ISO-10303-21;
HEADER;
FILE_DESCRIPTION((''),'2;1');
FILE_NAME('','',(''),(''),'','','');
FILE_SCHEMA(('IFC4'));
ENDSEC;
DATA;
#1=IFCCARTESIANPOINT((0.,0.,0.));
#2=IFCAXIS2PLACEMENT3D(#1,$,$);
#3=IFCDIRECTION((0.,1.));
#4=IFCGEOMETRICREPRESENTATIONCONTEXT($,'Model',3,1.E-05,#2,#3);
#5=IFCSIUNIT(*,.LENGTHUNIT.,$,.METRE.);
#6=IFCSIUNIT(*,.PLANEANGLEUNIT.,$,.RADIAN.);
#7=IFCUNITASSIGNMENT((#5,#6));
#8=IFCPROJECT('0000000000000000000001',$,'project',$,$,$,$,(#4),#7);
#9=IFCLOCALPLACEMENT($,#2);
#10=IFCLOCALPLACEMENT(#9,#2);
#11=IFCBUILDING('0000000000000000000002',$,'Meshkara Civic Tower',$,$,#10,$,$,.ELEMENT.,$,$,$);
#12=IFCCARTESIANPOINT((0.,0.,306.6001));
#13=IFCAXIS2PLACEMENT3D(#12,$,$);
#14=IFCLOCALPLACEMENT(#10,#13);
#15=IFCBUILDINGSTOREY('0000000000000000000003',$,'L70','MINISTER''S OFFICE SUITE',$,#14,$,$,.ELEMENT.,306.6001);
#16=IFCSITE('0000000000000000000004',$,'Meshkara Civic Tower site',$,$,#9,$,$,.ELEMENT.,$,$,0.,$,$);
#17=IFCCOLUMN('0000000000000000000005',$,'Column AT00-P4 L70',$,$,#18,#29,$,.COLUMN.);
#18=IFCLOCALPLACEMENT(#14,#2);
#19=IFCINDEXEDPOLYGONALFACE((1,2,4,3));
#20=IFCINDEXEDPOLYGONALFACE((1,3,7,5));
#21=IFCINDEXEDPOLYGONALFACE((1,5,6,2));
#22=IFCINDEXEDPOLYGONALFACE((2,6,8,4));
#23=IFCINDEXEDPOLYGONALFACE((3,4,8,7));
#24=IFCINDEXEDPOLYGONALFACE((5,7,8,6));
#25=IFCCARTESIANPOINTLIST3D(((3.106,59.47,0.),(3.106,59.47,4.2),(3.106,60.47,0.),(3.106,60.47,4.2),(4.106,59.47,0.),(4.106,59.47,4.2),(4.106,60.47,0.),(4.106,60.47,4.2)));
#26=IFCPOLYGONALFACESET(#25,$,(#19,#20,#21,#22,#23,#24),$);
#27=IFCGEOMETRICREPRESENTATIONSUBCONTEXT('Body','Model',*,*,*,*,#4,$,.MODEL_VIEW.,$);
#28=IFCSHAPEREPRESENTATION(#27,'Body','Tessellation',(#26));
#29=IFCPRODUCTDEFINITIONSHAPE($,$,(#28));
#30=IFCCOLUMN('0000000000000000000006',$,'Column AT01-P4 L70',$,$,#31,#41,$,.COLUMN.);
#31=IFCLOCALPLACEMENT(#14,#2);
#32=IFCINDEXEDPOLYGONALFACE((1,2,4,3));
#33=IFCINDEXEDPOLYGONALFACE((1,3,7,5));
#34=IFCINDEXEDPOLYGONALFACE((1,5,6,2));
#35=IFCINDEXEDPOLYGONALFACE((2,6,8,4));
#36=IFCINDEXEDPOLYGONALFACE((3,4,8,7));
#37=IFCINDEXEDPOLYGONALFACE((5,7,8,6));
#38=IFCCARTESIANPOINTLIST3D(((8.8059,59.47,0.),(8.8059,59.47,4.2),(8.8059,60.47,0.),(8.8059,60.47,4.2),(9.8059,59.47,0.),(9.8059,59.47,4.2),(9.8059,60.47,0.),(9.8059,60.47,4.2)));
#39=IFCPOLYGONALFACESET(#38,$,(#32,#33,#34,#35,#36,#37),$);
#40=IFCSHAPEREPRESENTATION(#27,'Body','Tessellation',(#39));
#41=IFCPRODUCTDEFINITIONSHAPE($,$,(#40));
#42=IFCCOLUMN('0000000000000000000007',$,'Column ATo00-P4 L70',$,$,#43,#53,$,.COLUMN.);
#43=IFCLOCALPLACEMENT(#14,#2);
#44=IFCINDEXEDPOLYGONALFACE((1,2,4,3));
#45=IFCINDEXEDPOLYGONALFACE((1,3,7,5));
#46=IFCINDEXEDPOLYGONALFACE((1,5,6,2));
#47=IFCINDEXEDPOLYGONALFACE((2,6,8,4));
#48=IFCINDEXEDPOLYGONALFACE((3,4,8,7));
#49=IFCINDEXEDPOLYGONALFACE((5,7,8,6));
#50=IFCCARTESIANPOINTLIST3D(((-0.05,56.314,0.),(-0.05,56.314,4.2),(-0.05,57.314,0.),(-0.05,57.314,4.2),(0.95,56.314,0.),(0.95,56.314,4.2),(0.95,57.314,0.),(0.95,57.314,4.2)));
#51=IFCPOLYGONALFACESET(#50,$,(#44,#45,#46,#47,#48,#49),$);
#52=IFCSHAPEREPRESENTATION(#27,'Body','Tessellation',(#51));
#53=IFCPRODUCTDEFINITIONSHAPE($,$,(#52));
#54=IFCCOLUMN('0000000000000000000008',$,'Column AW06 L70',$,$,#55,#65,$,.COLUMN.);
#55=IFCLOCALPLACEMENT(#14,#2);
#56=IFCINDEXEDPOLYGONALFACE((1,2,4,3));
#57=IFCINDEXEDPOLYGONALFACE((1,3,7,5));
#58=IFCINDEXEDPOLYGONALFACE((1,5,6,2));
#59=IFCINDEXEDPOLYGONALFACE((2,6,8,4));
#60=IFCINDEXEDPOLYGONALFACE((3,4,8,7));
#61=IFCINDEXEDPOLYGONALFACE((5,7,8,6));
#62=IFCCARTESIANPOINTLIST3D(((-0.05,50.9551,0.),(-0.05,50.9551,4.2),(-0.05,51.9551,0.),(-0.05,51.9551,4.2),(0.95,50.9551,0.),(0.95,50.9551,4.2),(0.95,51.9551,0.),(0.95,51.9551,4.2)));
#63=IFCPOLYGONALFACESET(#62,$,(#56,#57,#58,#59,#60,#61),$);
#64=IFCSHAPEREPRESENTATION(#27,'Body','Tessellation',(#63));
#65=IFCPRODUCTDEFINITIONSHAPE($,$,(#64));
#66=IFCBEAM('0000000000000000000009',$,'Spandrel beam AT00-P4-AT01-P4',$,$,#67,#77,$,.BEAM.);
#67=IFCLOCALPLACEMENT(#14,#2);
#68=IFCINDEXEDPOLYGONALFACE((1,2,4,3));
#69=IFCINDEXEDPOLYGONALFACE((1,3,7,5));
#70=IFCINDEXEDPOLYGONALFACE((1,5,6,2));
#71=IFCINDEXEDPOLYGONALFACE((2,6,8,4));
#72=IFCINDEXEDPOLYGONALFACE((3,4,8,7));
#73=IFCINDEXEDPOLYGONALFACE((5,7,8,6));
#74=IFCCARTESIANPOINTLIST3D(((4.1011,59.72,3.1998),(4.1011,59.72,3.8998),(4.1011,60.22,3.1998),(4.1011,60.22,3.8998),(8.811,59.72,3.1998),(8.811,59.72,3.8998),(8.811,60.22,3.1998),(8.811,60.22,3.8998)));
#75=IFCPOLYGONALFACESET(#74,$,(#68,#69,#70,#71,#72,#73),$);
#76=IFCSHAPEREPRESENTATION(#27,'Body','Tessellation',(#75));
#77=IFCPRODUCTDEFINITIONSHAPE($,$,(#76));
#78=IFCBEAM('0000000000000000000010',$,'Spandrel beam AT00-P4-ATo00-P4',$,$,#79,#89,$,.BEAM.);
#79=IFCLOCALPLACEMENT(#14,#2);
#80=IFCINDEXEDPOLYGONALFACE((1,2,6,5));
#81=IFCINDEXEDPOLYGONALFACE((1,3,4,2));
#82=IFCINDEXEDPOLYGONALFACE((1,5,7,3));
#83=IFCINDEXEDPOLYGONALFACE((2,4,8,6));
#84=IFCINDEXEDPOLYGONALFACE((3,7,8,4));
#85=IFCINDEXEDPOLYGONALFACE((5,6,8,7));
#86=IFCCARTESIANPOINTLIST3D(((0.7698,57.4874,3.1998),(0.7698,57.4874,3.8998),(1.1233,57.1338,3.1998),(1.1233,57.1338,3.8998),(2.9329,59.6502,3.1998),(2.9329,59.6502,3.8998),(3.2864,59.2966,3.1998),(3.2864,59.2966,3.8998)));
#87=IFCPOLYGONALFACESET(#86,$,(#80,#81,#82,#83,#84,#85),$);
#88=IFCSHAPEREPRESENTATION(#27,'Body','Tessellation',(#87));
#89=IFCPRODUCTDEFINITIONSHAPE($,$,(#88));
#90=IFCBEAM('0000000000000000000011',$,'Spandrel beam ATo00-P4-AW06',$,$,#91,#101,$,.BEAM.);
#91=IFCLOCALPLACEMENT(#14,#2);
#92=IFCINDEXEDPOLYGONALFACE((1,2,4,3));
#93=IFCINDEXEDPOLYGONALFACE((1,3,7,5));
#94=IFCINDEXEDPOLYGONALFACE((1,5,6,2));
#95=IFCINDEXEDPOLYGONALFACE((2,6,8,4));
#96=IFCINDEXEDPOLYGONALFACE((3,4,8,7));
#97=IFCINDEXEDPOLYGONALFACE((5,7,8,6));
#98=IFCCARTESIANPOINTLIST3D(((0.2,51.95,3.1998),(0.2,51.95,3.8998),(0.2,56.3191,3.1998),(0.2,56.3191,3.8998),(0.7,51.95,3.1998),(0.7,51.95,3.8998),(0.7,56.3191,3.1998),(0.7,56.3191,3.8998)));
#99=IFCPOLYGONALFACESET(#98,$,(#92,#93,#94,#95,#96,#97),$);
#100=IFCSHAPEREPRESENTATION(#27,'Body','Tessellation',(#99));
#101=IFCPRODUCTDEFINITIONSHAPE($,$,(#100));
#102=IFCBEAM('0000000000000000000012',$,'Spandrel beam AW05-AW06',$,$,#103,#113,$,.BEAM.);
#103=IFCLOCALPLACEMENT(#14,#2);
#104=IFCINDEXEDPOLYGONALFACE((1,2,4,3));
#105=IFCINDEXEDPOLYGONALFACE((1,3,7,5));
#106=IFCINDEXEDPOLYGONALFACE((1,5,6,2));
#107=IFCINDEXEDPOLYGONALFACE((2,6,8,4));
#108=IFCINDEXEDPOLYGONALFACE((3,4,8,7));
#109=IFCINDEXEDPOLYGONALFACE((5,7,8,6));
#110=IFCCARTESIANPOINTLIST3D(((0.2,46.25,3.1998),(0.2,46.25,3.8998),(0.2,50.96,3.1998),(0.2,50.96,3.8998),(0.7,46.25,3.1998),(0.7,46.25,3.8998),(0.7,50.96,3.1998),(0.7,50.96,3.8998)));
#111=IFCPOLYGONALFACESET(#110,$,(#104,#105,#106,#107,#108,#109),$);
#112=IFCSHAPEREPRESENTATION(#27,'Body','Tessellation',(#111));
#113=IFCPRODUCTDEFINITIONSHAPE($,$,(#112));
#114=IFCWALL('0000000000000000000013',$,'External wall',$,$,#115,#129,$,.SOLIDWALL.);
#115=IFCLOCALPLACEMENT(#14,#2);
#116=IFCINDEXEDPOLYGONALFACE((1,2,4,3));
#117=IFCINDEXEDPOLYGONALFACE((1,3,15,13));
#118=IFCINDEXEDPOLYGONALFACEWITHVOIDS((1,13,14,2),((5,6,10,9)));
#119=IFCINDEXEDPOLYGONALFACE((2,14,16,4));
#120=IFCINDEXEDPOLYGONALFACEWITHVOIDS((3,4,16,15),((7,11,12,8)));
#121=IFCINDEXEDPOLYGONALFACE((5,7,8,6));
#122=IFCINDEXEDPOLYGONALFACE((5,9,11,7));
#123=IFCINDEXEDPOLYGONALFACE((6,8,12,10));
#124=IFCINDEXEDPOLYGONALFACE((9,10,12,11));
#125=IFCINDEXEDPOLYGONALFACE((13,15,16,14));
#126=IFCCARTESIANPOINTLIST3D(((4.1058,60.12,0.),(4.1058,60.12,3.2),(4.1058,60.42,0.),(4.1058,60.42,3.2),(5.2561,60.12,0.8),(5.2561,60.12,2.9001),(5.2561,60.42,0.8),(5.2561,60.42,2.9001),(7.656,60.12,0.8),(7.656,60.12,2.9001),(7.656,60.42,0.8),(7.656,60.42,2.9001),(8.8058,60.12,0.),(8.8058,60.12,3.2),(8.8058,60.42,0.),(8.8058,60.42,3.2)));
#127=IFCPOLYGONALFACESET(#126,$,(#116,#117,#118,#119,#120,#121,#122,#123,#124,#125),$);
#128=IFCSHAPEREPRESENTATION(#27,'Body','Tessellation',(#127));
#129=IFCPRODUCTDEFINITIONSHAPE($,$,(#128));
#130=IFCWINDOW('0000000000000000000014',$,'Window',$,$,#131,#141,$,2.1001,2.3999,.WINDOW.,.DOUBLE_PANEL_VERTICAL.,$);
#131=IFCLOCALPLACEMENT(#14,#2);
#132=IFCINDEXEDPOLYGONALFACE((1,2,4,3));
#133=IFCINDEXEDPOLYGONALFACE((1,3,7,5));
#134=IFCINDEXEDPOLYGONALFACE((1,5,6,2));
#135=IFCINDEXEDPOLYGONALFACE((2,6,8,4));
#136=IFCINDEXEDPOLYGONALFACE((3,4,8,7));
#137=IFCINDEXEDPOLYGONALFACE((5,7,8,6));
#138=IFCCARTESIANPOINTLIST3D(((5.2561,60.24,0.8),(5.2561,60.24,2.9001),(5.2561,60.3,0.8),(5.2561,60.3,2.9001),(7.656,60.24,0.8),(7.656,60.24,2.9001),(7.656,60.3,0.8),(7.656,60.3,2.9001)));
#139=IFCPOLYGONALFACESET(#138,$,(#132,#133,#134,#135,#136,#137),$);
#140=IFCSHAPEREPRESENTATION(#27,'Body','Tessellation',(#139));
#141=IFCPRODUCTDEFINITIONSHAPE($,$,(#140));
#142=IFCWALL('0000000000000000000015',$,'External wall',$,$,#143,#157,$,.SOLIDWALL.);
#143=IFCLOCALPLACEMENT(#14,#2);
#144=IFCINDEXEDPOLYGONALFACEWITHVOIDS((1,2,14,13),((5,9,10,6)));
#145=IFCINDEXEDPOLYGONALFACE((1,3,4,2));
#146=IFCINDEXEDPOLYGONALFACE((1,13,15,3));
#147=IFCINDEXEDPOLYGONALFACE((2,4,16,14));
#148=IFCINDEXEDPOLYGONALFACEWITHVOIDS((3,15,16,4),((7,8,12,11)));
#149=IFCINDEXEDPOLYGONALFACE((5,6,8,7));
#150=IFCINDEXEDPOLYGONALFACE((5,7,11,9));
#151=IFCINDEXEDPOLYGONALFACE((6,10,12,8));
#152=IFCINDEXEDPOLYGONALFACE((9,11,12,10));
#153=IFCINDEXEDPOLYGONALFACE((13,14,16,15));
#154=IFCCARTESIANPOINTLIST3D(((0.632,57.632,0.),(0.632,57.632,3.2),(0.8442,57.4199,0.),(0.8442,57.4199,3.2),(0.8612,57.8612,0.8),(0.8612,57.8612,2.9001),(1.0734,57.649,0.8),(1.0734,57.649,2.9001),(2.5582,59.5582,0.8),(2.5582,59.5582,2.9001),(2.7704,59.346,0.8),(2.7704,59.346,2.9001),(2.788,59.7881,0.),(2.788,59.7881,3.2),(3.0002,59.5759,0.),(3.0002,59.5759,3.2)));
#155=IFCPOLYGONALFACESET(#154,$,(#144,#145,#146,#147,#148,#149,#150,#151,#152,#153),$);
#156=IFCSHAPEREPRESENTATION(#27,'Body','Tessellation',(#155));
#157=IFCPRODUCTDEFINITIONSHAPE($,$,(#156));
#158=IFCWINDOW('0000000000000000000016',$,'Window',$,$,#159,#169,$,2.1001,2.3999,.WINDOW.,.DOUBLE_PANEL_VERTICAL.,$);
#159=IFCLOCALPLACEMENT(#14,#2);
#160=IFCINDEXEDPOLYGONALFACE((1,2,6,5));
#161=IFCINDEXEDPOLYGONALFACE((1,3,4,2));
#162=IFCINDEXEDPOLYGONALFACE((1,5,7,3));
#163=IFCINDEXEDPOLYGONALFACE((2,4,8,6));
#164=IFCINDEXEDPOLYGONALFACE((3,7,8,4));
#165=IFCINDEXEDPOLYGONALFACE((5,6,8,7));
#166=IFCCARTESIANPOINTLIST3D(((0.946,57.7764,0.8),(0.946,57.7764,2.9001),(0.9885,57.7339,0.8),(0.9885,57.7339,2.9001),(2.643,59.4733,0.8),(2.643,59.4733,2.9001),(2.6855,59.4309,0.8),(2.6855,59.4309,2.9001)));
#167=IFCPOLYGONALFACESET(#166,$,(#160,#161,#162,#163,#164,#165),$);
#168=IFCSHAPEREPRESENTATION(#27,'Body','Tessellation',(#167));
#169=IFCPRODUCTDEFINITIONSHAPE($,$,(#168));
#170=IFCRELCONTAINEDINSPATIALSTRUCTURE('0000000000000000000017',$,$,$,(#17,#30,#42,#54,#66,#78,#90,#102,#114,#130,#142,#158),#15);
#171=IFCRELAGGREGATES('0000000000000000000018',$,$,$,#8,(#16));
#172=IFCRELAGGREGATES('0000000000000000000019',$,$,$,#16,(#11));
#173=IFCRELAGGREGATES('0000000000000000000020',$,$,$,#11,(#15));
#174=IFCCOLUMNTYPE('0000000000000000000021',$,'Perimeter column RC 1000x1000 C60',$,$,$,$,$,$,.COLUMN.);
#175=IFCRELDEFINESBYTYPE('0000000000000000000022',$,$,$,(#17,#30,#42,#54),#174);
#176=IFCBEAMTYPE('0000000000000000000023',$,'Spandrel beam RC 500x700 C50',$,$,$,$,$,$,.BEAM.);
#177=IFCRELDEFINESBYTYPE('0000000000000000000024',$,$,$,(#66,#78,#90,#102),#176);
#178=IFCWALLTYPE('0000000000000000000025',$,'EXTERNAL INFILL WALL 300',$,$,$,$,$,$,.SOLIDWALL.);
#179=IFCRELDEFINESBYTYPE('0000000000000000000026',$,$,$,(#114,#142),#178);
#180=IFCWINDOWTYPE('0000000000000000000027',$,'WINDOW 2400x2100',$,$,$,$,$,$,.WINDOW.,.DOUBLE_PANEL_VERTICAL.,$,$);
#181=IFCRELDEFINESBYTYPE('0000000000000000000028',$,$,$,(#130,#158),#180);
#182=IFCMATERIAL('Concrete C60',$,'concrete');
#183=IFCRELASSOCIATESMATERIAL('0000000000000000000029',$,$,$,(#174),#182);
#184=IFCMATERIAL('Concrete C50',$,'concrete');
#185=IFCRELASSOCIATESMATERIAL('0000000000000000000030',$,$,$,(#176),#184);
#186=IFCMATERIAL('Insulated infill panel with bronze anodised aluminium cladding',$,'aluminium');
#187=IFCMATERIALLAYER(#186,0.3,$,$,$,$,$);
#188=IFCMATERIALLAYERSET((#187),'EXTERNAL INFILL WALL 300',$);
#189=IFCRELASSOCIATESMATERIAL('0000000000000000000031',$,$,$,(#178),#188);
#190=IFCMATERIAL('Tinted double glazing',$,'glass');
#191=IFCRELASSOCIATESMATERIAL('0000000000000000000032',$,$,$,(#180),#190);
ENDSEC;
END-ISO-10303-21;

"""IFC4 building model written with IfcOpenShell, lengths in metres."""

from ifc_helpers import new_model, si_unit, direction, frame, frame_2d, origin, origin_2d, place, context, subcontext, project, spatial, rectangle, extrude, material, layer, layer_set, material_profile, profile_set, type_object, element, fill, save


model = new_model("IFC4")

# Units and contexts
model_context = context("Model", 3, precision=1e-05, world=origin(), true_north=direction((0.0, 1.0)))
body_context = subcontext(model_context, "Body", "Model", "MODEL_VIEW")
ifc_project = project(units=[si_unit("LENGTHUNIT", "METRE"), si_unit("PLANEANGLEUNIT", "RADIAN")], contexts=[model_context])

# Site, building, storey
site_placement = place(None, origin())
site = spatial("IfcSite", under=ifc_project, at=site_placement, Name="Meshkara Civic Tower site", CompositionType="ELEMENT", RefElevation=0.0)
building_placement = place(site_placement, origin())
building = spatial("IfcBuilding", under=site, at=building_placement, Name="Meshkara Civic Tower", CompositionType="ELEMENT")
storey_placement = place(building_placement, frame((0.0, 0.0, 306.6001)))
storey = spatial("IfcBuildingStorey", under=building, at=storey_placement, Name="L70", Description="MINISTER'S OFFICE SUITE", CompositionType="ELEMENT", Elevation=306.6001)

# Columns
ifc_material_1 = material(Name="Concrete C60", Category="concrete")
ifc_material_profile_1 = material_profile(ifc_material_1, rectangle(XDim=1.0, YDim=1.0, at=origin_2d()))
ifc_profile_set_1 = profile_set([ifc_material_profile_1], Name="Concrete C60")
column_type = type_object("IfcColumnType", Name="Perimeter column RC 1000x1000 C60", PredefinedType="COLUMN", material=ifc_profile_set_1)
for number, where, z_axis, x_axis, name in (
    (1, (3.606, 59.97, 0.0), (0.0, 0.0, 1.0), (1.0, 0.0, 0.0), "Column AT00-P4 L70"),
    (2, (9.3059, 59.97, 0.0), (0.0, 0.0, 1.0), (1.0, 0.0, 0.0), "Column AT01-P4 L70"),
    (3, (0.45, 56.814, 0.0), (0.0, 0.0, 1.0), (1.0, 0.0, 0.0), "Column ATo00-P4 L70"),
    (4, (0.45, 51.4551, 0.0), (0.0, 0.0, 1.0), (1.0, 0.0, 0.0), "Column AW06 L70"),
):
    element("IfcColumn", number, at=place(storey_placement, frame(where, z_axis=z_axis, x_axis=x_axis)), inside=storey, type_object=column_type, Name=name, PredefinedType="COLUMN", context=body_context, shape_type="SweptSolid", body=[
        extrude(rectangle(XDim=1.0, YDim=1.0, at=origin_2d()), origin(), (0.0, 0.0, 1.0), 4.2),
    ])

# Beams
ifc_material_2 = material(Name="Concrete C50", Category="concrete")
ifc_material_profile_2 = material_profile(ifc_material_2, rectangle(XDim=0.5, YDim=0.7, at=origin_2d()))
ifc_profile_set_2 = profile_set([ifc_material_profile_2], Name="Concrete C50")
beam_type = type_object("IfcBeamType", Name="Spandrel beam RC 500x700 C50", PredefinedType="BEAM", material=ifc_profile_set_2)
beam_1_placement = place(storey_placement, frame((8.811, 59.97, 3.5498), z_axis=(-1.0, 0.0, 0.0), x_axis=(0.0, -1.0, 0.0)))
element("IfcBeam", 5, at=beam_1_placement, inside=storey, type_object=beam_type, Name="Spandrel beam AT00-P4-AT01-P4", PredefinedType="BEAM", context=body_context, shape_type="SweptSolid", body=[
    extrude(rectangle(XDim=0.5, YDim=0.7, at=origin_2d()), origin(), (0.0, 0.0, 1.0), 4.71),
])
beam_2_placement = place(storey_placement, frame((3.1096, 59.4734, 3.5498), z_axis=(-0.707147, -0.707067, 0.0), x_axis=(0.707067, -0.707147, 0.0)))
element("IfcBeam", 6, at=beam_2_placement, inside=storey, type_object=beam_type, Name="Spandrel beam AT00-P4-ATo00-P4", PredefinedType="BEAM", context=body_context, shape_type="SweptSolid", body=[
    extrude(rectangle(XDim=0.5, YDim=0.7, at=origin_2d()), origin(), (0.0, 0.0, 1.0), 3.0588),
])
beam_3_placement = place(storey_placement, frame((0.45, 56.3191, 3.5498), z_axis=(0.0, -1.0, 0.0), x_axis=(1.0, 0.0, 0.0)))
element("IfcBeam", 7, at=beam_3_placement, inside=storey, type_object=beam_type, Name="Spandrel beam ATo00-P4-AW06", PredefinedType="BEAM", context=body_context, shape_type="SweptSolid", body=[
    extrude(rectangle(XDim=0.5, YDim=0.7, at=origin_2d()), origin(), (0.0, 0.0, 1.0), 4.3691),
])
beam_4_placement = place(storey_placement, frame((0.45, 50.96, 3.5498), z_axis=(0.0, -1.0, 0.0), x_axis=(1.0, 0.0, 0.0)))
element("IfcBeam", 8, at=beam_4_placement, inside=storey, type_object=beam_type, Name="Spandrel beam AW05-AW06", PredefinedType="BEAM", context=body_context, shape_type="SweptSolid", body=[
    extrude(rectangle(XDim=0.5, YDim=0.7, at=origin_2d()), origin(), (0.0, 0.0, 1.0), 4.71),
])

# Walls, openings, windows
ifc_material_3 = material(Name="Insulated infill panel with bronze anodised aluminium cladding", Category="aluminium")
ifc_layer_1 = layer(ifc_material_3, 0.3)
ifc_layer_set_1 = layer_set([ifc_layer_1], Name="EXTERNAL INFILL WALL 300")
wall_type_1 = type_object("IfcWallType", Name="EXTERNAL INFILL WALL 300", PredefinedType="SOLIDWALL", material=ifc_layer_set_1)
wall_1_placement = place(storey_placement, frame((8.8059, 60.27, 0.0), z_axis=(0.0, 0.0, 1.0), x_axis=(-1.0, 0.0, 0.0)))
wall_1 = element("IfcWall", 9, at=wall_1_placement, inside=storey, type_object=wall_type_1, Name="External wall", PredefinedType="SOLIDWALL", context=body_context, shape_type="SweptSolid", body=[
    extrude(rectangle(XDim=4.7, YDim=0.3, at=frame_2d((2.3501, 0.0))), origin(), (0.0, 0.0, 1.0), 3.2),
])
opening_1_placement = place(wall_1_placement, frame((1.1499, 0.0, 0.8)))
opening_1 = element("IfcOpeningElement", 10, at=opening_1_placement, cuts=wall_1, PredefinedType="OPENING", context=body_context, shape_type="SweptSolid", body=[
    extrude(rectangle(XDim=2.3999, YDim=2.1001, at=frame_2d((1.2, 1.05))), frame((0.0, 0.1599, 0.0), z_axis=(0.0, -1.0, 0.0), x_axis=(1.0, 0.0, 0.0)), (0.0, 0.0, 1.0), 0.3201),
])
ifc_material_4 = material(Name="Tinted double glazing", Category="glass")
window_type = type_object("IfcWindowType", Name="WINDOW 2400x2100", PartitioningType="DOUBLE_PANEL_VERTICAL", PredefinedType="WINDOW", material=ifc_material_4)
window_1_placement = place(opening_1_placement, origin())
window_1 = element("IfcWindow", 11, at=window_1_placement, inside=storey, type_object=window_type, Name="Window", OverallHeight=2.1001, OverallWidth=2.3999, PartitioningType="DOUBLE_PANEL_VERTICAL", PredefinedType="WINDOW", context=body_context, shape_type="SweptSolid", body=[
    extrude(rectangle(XDim=2.3999, YDim=2.1001, at=frame_2d((1.2, 1.05))), frame((0.0, 0.03, 0.0), z_axis=(0.0, -1.0, 0.0), x_axis=(1.0, 0.0, 0.0)), (0.0, 0.0, 1.0), 0.0601),
])
fill(opening_1, window_1)
wall_2_placement = place(storey_placement, frame((2.894, 59.6819, 0.0), z_axis=(0.0, 0.0, 1.0), x_axis=(-0.707107, -0.707107, 0.0)))
wall_2 = element("IfcWall", 12, at=wall_2_placement, inside=storey, type_object=wall_type_1, Name="External wall", PredefinedType="SOLIDWALL", context=body_context, shape_type="SweptSolid", body=[
    extrude(rectangle(XDim=3.0491, YDim=0.3, at=frame_2d((1.5244, 0.0))), origin(), (0.0, 0.0, 1.0), 3.2),
])
opening_2_placement = place(wall_2_placement, frame((0.325, 0.0, 0.8)))
opening_2 = element("IfcOpeningElement", 13, at=opening_2_placement, cuts=wall_2, PredefinedType="OPENING", context=body_context, shape_type="SweptSolid", body=[
    extrude(rectangle(XDim=2.3999, YDim=2.1001, at=frame_2d((1.2, 1.05))), frame((0.0, 0.1599, 0.0), z_axis=(0.0, -1.0, 0.0), x_axis=(1.0, 0.0, 0.0)), (0.0, 0.0, 1.0), 0.3201),
])
window_2_placement = place(opening_2_placement, origin())
window_2 = element("IfcWindow", 14, at=window_2_placement, inside=storey, type_object=window_type, Name="Window", OverallHeight=2.1001, OverallWidth=2.3999, PartitioningType="DOUBLE_PANEL_VERTICAL", PredefinedType="WINDOW", context=body_context, shape_type="SweptSolid", body=[
    extrude(rectangle(XDim=2.3999, YDim=2.1001, at=frame_2d((1.2, 1.05))), frame((0.0, 0.03, 0.0), z_axis=(0.0, -1.0, 0.0), x_axis=(1.0, 0.0, 0.0)), (0.0, 0.0, 1.0), 0.0601),
])
fill(opening_2, window_2)

save(model, "model.ifc")
